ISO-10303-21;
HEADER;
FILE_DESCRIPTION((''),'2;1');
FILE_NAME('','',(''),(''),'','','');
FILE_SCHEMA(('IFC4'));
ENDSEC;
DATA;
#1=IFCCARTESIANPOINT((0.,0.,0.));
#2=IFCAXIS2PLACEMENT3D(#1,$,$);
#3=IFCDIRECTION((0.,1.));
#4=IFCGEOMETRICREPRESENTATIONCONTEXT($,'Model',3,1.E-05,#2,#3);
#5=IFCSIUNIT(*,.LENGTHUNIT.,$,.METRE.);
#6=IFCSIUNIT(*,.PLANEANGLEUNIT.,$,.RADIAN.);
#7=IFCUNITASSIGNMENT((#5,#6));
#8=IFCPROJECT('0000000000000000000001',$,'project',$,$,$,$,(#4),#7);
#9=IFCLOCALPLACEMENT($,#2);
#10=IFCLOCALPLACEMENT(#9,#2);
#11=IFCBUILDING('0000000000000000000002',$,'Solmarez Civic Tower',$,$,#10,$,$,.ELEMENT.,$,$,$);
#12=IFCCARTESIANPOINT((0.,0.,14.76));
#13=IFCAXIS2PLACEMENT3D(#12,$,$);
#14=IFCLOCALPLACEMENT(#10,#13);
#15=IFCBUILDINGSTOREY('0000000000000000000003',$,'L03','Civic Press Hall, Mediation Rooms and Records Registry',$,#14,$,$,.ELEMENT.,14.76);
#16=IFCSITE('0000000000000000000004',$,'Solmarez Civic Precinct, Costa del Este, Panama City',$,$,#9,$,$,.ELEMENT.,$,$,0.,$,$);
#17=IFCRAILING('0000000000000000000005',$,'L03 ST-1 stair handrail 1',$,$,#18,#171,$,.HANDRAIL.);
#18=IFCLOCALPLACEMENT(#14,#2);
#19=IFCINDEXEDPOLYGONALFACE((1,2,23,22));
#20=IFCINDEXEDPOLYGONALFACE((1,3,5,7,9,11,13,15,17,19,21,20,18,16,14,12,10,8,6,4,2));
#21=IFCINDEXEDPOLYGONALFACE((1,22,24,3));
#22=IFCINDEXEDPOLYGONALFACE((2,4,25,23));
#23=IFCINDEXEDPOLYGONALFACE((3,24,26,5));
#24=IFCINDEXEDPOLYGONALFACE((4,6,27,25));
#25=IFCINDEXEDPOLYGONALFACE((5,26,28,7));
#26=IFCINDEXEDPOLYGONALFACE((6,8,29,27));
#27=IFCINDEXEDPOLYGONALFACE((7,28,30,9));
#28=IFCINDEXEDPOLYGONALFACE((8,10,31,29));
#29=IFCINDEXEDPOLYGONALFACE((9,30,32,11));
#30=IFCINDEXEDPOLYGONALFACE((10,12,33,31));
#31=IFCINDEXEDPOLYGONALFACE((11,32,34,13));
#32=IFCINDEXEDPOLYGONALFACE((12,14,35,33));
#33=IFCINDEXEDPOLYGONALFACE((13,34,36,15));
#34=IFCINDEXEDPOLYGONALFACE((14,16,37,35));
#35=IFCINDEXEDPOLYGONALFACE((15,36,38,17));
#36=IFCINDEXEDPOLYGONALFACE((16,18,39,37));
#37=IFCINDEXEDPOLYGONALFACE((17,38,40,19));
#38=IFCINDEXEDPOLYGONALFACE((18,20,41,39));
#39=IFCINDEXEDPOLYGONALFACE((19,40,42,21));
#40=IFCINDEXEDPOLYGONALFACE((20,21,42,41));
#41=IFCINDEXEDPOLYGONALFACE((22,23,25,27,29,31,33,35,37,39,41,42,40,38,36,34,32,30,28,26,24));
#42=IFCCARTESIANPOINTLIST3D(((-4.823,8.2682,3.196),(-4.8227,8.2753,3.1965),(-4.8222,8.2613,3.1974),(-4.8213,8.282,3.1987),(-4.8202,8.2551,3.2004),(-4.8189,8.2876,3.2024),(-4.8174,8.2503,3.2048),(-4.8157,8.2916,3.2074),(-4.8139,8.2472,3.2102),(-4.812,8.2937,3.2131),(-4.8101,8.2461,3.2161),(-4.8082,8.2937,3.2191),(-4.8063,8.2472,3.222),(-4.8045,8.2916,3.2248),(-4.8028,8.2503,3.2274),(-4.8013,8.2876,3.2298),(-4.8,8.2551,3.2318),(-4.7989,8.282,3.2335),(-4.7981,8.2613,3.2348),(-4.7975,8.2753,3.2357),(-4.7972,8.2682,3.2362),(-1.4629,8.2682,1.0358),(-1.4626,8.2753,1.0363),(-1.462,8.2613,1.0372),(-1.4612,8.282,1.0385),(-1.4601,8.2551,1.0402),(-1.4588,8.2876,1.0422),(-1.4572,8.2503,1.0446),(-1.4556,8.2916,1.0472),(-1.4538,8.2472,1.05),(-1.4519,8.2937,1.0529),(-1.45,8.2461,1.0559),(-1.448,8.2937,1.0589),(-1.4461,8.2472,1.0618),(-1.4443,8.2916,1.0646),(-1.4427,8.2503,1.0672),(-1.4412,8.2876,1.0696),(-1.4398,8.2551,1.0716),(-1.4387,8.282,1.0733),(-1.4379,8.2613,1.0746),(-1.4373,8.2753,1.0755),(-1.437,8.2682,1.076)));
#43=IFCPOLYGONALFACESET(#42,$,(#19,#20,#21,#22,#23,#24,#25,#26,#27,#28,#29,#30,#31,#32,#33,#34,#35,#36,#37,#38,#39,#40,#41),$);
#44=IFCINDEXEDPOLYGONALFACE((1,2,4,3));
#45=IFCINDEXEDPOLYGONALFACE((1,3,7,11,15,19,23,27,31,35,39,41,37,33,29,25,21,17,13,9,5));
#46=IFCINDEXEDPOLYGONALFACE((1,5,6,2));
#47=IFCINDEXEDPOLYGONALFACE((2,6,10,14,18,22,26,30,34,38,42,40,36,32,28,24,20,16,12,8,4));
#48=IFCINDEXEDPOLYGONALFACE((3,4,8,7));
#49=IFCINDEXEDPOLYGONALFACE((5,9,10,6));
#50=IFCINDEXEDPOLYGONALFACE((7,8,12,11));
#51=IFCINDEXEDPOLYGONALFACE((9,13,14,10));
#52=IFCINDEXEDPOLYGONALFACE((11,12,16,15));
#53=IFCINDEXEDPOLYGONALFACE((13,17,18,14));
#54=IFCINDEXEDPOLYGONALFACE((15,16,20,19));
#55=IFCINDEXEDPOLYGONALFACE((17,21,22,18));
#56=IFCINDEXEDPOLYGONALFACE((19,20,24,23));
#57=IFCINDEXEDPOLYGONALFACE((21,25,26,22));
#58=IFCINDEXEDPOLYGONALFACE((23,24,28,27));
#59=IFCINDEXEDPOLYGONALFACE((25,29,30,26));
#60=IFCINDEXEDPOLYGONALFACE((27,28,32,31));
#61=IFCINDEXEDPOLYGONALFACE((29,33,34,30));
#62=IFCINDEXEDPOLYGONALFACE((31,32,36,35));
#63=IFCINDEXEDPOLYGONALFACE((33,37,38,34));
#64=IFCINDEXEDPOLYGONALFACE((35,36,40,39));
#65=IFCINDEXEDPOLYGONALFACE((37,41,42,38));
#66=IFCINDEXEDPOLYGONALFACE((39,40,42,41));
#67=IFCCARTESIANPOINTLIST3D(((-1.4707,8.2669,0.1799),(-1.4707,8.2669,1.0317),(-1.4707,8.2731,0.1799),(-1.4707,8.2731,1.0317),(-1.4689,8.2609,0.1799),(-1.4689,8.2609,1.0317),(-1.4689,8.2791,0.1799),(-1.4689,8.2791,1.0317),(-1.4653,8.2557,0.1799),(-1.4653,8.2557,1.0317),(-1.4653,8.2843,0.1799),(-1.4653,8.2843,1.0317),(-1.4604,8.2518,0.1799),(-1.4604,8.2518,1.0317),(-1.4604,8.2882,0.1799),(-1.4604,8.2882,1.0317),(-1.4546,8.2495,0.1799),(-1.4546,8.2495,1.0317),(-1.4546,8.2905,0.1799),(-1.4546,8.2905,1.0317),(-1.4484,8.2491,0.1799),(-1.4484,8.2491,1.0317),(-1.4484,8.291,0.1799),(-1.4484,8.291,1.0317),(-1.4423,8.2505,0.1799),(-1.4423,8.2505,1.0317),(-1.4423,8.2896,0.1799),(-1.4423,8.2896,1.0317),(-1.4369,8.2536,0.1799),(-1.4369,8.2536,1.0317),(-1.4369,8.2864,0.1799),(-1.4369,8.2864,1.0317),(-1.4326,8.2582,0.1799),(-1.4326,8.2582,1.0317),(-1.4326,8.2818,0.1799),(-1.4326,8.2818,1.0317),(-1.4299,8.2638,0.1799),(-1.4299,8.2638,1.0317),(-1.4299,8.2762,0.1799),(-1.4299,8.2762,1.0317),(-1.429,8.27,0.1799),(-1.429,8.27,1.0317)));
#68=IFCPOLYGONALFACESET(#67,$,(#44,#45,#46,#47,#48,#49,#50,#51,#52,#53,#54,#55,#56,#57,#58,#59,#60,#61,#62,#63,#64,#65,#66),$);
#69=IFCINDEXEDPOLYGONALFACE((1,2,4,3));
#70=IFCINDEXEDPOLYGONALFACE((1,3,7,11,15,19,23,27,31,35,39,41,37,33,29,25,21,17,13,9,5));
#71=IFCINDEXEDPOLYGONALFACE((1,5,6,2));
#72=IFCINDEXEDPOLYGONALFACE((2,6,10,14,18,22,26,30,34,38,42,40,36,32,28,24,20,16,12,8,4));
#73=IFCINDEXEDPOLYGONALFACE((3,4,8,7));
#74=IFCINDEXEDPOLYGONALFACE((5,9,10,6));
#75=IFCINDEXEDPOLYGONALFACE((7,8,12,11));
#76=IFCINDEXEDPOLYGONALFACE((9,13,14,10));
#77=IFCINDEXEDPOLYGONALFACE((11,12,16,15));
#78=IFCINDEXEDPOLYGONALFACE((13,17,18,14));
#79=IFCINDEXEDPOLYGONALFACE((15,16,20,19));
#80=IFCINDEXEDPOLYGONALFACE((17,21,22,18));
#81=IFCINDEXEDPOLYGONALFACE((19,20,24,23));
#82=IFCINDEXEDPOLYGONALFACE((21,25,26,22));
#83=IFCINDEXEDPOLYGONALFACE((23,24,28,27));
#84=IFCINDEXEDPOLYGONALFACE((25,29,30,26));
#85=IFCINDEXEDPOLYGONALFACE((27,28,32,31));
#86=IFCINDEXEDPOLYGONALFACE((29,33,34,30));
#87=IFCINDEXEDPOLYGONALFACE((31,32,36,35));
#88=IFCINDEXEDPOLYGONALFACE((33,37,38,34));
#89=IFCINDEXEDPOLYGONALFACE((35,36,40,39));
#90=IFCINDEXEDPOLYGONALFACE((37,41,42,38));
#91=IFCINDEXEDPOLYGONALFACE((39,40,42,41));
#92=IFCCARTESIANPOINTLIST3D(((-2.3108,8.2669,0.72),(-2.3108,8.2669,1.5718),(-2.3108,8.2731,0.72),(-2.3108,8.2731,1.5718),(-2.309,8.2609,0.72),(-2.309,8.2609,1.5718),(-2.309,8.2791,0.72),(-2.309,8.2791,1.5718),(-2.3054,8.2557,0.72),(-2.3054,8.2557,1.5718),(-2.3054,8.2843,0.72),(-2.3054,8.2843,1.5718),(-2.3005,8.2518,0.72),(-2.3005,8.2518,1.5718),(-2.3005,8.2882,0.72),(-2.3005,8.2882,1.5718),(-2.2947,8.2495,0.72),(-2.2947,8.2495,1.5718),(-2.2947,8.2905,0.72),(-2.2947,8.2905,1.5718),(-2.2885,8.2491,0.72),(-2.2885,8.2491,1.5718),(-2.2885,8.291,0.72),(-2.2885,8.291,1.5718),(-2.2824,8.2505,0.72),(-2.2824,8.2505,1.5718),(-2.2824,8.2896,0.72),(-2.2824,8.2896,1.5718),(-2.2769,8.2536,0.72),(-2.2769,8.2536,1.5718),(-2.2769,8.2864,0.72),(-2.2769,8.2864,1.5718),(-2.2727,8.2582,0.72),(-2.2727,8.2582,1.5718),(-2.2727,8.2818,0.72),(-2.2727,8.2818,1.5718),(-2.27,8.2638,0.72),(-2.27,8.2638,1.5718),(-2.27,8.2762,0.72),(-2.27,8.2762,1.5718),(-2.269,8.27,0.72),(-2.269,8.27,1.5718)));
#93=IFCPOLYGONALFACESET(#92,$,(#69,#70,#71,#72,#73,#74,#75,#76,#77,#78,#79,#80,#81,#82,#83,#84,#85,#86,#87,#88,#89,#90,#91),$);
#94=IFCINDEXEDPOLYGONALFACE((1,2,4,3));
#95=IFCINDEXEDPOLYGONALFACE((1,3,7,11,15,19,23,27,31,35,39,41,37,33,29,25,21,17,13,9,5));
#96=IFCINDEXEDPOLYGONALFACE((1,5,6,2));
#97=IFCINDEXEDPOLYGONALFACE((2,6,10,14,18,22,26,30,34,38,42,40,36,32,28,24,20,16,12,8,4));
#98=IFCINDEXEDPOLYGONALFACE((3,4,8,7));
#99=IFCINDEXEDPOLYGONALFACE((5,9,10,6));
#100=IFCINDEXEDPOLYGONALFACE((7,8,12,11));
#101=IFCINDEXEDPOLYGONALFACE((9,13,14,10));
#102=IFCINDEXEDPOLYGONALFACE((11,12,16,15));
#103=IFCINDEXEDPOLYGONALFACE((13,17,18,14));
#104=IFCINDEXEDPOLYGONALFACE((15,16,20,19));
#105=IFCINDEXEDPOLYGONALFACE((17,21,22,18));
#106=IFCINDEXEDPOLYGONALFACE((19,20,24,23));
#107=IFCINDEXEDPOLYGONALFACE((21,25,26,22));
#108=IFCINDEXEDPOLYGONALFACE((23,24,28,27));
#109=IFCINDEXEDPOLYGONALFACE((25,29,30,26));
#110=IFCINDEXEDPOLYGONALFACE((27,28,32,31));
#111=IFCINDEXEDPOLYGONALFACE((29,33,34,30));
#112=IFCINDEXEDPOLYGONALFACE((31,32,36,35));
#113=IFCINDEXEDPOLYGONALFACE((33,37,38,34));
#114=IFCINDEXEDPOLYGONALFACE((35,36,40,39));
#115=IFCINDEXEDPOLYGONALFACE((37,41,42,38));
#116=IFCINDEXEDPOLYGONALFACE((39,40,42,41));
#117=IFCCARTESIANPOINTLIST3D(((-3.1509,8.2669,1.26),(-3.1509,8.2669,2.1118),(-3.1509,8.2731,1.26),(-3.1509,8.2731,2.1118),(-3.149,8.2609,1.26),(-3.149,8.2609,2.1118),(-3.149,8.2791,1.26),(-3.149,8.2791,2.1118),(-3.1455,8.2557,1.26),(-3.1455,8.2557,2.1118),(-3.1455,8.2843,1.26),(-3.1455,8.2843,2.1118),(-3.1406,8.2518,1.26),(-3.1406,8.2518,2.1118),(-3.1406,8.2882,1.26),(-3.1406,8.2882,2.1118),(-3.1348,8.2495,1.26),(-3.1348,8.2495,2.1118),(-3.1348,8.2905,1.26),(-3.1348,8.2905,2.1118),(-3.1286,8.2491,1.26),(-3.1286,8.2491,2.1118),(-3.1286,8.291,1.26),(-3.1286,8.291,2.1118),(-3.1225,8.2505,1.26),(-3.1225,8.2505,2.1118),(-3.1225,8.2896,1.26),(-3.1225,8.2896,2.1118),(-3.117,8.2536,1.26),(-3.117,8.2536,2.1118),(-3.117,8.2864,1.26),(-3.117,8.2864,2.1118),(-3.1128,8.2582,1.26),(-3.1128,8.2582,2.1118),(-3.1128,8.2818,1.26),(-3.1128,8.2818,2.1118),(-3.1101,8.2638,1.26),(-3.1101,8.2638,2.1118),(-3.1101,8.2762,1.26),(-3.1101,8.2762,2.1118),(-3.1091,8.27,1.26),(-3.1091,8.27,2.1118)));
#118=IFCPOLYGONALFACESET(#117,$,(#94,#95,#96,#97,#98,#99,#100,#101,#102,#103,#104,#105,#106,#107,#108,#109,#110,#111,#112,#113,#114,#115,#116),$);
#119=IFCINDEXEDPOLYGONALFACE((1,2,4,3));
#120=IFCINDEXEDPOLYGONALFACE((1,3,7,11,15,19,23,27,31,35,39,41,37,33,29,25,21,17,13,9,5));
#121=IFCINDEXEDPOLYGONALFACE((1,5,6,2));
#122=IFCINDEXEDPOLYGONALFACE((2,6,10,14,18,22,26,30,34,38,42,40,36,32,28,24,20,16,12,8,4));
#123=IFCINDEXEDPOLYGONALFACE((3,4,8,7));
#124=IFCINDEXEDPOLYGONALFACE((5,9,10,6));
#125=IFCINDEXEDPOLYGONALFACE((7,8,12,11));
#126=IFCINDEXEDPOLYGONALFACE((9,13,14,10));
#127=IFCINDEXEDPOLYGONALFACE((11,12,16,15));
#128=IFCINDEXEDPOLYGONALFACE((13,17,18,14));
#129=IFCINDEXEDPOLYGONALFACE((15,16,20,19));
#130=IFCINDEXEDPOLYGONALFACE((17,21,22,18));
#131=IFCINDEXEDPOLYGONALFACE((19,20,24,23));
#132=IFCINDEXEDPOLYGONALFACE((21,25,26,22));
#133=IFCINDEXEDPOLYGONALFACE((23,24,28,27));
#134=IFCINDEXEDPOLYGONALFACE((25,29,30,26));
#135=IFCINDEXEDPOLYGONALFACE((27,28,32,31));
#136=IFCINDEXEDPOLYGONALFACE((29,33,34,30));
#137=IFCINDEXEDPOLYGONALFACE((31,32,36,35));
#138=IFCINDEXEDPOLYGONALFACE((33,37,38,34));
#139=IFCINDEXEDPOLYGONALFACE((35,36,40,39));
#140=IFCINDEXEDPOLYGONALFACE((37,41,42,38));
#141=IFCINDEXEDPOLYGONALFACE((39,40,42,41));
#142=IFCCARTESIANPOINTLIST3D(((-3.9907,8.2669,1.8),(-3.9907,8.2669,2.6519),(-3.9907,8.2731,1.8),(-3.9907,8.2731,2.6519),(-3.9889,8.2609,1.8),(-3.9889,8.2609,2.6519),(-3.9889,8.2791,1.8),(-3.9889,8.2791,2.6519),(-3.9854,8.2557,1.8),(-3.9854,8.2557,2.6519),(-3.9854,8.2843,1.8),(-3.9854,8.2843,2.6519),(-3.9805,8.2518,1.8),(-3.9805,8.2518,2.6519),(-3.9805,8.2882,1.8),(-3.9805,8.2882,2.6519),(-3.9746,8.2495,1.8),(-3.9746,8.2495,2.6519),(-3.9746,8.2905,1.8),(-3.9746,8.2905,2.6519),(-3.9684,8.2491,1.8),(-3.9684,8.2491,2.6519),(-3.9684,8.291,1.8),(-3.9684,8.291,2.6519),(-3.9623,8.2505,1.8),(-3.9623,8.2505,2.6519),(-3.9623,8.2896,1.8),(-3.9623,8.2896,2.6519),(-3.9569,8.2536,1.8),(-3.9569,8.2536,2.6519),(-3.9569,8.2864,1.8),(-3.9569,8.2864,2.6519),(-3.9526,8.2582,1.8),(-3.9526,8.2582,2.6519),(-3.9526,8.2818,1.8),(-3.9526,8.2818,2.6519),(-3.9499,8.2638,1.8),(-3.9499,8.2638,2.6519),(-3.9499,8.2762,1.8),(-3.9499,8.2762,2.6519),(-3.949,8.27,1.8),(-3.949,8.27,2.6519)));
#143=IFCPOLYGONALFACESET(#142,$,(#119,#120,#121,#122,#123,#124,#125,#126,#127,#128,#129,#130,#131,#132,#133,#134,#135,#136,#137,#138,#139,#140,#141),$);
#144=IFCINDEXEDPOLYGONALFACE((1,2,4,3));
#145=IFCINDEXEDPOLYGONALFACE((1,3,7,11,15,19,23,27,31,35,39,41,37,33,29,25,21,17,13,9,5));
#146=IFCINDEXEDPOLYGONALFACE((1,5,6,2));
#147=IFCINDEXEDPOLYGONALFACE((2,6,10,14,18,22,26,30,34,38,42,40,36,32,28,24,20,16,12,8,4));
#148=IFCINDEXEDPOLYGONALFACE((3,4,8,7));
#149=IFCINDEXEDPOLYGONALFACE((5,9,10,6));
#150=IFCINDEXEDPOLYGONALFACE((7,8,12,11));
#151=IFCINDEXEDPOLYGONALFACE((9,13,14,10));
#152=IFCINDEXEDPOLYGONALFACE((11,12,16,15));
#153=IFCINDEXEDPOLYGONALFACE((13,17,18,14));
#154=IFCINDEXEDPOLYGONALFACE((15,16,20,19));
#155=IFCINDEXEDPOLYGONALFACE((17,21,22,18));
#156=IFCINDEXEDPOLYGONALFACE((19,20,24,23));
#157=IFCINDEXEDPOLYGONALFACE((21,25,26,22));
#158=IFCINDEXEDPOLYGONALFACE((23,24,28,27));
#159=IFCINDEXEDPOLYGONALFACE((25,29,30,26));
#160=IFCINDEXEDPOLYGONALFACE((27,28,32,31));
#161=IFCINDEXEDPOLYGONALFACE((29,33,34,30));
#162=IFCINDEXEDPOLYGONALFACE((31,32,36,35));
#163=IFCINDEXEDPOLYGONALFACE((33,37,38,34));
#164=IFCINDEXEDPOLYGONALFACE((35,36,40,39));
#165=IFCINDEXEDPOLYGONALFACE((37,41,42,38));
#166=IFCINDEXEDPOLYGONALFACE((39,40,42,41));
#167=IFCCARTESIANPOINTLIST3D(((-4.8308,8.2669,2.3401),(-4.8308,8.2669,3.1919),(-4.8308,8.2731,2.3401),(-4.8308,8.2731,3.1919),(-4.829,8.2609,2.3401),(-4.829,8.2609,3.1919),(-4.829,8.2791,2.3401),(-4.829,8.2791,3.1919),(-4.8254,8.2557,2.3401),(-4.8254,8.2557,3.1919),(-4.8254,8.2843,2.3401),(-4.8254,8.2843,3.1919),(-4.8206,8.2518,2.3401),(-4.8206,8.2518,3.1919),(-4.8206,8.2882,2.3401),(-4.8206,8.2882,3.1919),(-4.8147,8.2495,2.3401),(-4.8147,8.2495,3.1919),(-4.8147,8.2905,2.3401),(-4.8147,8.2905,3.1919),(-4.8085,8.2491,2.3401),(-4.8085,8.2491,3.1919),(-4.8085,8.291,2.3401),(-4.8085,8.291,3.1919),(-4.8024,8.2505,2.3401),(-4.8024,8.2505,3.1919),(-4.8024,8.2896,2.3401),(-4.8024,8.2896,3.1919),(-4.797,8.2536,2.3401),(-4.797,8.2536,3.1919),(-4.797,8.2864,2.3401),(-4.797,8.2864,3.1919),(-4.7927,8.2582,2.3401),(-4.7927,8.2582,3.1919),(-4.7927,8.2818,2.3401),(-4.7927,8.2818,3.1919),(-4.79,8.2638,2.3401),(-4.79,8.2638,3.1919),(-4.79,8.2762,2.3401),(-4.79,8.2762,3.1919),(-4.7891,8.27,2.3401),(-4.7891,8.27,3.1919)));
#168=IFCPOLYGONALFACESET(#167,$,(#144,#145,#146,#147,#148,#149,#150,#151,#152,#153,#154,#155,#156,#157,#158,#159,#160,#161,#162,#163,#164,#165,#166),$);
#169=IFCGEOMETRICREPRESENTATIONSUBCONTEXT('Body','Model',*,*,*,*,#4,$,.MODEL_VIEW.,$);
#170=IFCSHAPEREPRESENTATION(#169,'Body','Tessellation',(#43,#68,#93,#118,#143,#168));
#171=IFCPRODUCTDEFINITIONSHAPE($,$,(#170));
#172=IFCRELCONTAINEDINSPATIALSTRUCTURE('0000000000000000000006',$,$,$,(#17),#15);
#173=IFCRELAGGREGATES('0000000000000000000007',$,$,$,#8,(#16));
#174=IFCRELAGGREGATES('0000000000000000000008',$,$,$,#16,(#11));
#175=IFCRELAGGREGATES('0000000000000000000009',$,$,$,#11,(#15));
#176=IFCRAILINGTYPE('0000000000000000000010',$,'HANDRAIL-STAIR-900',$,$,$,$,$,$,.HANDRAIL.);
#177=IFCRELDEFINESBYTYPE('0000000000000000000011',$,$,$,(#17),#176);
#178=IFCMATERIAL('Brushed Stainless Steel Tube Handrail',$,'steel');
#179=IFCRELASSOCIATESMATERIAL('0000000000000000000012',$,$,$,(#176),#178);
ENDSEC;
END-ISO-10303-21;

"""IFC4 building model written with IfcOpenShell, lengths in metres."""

from ifc_helpers import new_model, si_unit, direction, frame, origin, origin_2d, place, context, subcontext, project, spatial, circle, extrude, material, type_object, element, save


model = new_model("IFC4")

# Units and contexts
model_context = context("Model", 3, precision=1e-05, world=origin(), true_north=direction((0.0, 1.0)))
body_context = subcontext(model_context, "Body", "Model", "MODEL_VIEW")
ifc_project = project(units=[si_unit("LENGTHUNIT", "METRE"), si_unit("PLANEANGLEUNIT", "RADIAN")], contexts=[model_context])

# Site, building, storey
site_placement = place(None, origin())
site = spatial("IfcSite", under=ifc_project, at=site_placement, Name="Solmarez Civic Precinct, Costa del Este, Panama City", CompositionType="ELEMENT", RefElevation=0.0)
building_placement = place(site_placement, origin())
building = spatial("IfcBuilding", under=site, at=building_placement, Name="Solmarez Civic Tower", CompositionType="ELEMENT")
storey_placement = place(building_placement, frame((0.0, 0.0, 14.76)))
storey = spatial("IfcBuildingStorey", under=building, at=storey_placement, Name="L03", Description="Civic Press Hall, Mediation Rooms and Records Registry", CompositionType="ELEMENT", Elevation=14.76)

# Railing
ifc_material_1 = material(Name="Brushed Stainless Steel Tube Handrail", Category="steel")
railing_type_1 = type_object("IfcRailingType", Name="HANDRAIL-STAIR-900", PredefinedType="HANDRAIL", material=ifc_material_1)
railing_1_placement = place(storey_placement, frame((-1.45, 8.27, 0.1799)))
element("IfcRailing", 1, at=railing_1_placement, inside=storey, type_object=railing_type_1, Name="L03 ST-1 stair handrail 1", PredefinedType="HANDRAIL", context=body_context, shape_type="SweptSolid", body=[
    extrude(circle(Radius=0.0239, at=origin_2d()), frame((0.0, 0.0, 0.876), z_axis=(-0.841169, 0.0, 0.540773), x_axis=(0.0, -1.0, 0.0)), (0.0, 0.0, 1.0), 3.9946),
    extrude(circle(Radius=0.021, at=origin_2d()), origin(), (0.0, 0.0, 1.0), 0.8518),
    extrude(circle(Radius=0.021, at=origin_2d()), frame((-0.8401, 0.0, 0.54)), (0.0, 0.0, 1.0), 0.8518),
    extrude(circle(Radius=0.021, at=origin_2d()), frame((-1.6802, 0.0, 1.0801)), (0.0, 0.0, 1.0), 0.8518),
    extrude(circle(Radius=0.021, at=origin_2d()), frame((-2.52, 0.0, 1.6201)), (0.0, 0.0, 1.0), 0.8518),
    extrude(circle(Radius=0.021, at=origin_2d()), frame((-3.3601, 0.0, 2.1602)), (0.0, 0.0, 1.0), 0.8518),
])

save(model, "model.ifc")
